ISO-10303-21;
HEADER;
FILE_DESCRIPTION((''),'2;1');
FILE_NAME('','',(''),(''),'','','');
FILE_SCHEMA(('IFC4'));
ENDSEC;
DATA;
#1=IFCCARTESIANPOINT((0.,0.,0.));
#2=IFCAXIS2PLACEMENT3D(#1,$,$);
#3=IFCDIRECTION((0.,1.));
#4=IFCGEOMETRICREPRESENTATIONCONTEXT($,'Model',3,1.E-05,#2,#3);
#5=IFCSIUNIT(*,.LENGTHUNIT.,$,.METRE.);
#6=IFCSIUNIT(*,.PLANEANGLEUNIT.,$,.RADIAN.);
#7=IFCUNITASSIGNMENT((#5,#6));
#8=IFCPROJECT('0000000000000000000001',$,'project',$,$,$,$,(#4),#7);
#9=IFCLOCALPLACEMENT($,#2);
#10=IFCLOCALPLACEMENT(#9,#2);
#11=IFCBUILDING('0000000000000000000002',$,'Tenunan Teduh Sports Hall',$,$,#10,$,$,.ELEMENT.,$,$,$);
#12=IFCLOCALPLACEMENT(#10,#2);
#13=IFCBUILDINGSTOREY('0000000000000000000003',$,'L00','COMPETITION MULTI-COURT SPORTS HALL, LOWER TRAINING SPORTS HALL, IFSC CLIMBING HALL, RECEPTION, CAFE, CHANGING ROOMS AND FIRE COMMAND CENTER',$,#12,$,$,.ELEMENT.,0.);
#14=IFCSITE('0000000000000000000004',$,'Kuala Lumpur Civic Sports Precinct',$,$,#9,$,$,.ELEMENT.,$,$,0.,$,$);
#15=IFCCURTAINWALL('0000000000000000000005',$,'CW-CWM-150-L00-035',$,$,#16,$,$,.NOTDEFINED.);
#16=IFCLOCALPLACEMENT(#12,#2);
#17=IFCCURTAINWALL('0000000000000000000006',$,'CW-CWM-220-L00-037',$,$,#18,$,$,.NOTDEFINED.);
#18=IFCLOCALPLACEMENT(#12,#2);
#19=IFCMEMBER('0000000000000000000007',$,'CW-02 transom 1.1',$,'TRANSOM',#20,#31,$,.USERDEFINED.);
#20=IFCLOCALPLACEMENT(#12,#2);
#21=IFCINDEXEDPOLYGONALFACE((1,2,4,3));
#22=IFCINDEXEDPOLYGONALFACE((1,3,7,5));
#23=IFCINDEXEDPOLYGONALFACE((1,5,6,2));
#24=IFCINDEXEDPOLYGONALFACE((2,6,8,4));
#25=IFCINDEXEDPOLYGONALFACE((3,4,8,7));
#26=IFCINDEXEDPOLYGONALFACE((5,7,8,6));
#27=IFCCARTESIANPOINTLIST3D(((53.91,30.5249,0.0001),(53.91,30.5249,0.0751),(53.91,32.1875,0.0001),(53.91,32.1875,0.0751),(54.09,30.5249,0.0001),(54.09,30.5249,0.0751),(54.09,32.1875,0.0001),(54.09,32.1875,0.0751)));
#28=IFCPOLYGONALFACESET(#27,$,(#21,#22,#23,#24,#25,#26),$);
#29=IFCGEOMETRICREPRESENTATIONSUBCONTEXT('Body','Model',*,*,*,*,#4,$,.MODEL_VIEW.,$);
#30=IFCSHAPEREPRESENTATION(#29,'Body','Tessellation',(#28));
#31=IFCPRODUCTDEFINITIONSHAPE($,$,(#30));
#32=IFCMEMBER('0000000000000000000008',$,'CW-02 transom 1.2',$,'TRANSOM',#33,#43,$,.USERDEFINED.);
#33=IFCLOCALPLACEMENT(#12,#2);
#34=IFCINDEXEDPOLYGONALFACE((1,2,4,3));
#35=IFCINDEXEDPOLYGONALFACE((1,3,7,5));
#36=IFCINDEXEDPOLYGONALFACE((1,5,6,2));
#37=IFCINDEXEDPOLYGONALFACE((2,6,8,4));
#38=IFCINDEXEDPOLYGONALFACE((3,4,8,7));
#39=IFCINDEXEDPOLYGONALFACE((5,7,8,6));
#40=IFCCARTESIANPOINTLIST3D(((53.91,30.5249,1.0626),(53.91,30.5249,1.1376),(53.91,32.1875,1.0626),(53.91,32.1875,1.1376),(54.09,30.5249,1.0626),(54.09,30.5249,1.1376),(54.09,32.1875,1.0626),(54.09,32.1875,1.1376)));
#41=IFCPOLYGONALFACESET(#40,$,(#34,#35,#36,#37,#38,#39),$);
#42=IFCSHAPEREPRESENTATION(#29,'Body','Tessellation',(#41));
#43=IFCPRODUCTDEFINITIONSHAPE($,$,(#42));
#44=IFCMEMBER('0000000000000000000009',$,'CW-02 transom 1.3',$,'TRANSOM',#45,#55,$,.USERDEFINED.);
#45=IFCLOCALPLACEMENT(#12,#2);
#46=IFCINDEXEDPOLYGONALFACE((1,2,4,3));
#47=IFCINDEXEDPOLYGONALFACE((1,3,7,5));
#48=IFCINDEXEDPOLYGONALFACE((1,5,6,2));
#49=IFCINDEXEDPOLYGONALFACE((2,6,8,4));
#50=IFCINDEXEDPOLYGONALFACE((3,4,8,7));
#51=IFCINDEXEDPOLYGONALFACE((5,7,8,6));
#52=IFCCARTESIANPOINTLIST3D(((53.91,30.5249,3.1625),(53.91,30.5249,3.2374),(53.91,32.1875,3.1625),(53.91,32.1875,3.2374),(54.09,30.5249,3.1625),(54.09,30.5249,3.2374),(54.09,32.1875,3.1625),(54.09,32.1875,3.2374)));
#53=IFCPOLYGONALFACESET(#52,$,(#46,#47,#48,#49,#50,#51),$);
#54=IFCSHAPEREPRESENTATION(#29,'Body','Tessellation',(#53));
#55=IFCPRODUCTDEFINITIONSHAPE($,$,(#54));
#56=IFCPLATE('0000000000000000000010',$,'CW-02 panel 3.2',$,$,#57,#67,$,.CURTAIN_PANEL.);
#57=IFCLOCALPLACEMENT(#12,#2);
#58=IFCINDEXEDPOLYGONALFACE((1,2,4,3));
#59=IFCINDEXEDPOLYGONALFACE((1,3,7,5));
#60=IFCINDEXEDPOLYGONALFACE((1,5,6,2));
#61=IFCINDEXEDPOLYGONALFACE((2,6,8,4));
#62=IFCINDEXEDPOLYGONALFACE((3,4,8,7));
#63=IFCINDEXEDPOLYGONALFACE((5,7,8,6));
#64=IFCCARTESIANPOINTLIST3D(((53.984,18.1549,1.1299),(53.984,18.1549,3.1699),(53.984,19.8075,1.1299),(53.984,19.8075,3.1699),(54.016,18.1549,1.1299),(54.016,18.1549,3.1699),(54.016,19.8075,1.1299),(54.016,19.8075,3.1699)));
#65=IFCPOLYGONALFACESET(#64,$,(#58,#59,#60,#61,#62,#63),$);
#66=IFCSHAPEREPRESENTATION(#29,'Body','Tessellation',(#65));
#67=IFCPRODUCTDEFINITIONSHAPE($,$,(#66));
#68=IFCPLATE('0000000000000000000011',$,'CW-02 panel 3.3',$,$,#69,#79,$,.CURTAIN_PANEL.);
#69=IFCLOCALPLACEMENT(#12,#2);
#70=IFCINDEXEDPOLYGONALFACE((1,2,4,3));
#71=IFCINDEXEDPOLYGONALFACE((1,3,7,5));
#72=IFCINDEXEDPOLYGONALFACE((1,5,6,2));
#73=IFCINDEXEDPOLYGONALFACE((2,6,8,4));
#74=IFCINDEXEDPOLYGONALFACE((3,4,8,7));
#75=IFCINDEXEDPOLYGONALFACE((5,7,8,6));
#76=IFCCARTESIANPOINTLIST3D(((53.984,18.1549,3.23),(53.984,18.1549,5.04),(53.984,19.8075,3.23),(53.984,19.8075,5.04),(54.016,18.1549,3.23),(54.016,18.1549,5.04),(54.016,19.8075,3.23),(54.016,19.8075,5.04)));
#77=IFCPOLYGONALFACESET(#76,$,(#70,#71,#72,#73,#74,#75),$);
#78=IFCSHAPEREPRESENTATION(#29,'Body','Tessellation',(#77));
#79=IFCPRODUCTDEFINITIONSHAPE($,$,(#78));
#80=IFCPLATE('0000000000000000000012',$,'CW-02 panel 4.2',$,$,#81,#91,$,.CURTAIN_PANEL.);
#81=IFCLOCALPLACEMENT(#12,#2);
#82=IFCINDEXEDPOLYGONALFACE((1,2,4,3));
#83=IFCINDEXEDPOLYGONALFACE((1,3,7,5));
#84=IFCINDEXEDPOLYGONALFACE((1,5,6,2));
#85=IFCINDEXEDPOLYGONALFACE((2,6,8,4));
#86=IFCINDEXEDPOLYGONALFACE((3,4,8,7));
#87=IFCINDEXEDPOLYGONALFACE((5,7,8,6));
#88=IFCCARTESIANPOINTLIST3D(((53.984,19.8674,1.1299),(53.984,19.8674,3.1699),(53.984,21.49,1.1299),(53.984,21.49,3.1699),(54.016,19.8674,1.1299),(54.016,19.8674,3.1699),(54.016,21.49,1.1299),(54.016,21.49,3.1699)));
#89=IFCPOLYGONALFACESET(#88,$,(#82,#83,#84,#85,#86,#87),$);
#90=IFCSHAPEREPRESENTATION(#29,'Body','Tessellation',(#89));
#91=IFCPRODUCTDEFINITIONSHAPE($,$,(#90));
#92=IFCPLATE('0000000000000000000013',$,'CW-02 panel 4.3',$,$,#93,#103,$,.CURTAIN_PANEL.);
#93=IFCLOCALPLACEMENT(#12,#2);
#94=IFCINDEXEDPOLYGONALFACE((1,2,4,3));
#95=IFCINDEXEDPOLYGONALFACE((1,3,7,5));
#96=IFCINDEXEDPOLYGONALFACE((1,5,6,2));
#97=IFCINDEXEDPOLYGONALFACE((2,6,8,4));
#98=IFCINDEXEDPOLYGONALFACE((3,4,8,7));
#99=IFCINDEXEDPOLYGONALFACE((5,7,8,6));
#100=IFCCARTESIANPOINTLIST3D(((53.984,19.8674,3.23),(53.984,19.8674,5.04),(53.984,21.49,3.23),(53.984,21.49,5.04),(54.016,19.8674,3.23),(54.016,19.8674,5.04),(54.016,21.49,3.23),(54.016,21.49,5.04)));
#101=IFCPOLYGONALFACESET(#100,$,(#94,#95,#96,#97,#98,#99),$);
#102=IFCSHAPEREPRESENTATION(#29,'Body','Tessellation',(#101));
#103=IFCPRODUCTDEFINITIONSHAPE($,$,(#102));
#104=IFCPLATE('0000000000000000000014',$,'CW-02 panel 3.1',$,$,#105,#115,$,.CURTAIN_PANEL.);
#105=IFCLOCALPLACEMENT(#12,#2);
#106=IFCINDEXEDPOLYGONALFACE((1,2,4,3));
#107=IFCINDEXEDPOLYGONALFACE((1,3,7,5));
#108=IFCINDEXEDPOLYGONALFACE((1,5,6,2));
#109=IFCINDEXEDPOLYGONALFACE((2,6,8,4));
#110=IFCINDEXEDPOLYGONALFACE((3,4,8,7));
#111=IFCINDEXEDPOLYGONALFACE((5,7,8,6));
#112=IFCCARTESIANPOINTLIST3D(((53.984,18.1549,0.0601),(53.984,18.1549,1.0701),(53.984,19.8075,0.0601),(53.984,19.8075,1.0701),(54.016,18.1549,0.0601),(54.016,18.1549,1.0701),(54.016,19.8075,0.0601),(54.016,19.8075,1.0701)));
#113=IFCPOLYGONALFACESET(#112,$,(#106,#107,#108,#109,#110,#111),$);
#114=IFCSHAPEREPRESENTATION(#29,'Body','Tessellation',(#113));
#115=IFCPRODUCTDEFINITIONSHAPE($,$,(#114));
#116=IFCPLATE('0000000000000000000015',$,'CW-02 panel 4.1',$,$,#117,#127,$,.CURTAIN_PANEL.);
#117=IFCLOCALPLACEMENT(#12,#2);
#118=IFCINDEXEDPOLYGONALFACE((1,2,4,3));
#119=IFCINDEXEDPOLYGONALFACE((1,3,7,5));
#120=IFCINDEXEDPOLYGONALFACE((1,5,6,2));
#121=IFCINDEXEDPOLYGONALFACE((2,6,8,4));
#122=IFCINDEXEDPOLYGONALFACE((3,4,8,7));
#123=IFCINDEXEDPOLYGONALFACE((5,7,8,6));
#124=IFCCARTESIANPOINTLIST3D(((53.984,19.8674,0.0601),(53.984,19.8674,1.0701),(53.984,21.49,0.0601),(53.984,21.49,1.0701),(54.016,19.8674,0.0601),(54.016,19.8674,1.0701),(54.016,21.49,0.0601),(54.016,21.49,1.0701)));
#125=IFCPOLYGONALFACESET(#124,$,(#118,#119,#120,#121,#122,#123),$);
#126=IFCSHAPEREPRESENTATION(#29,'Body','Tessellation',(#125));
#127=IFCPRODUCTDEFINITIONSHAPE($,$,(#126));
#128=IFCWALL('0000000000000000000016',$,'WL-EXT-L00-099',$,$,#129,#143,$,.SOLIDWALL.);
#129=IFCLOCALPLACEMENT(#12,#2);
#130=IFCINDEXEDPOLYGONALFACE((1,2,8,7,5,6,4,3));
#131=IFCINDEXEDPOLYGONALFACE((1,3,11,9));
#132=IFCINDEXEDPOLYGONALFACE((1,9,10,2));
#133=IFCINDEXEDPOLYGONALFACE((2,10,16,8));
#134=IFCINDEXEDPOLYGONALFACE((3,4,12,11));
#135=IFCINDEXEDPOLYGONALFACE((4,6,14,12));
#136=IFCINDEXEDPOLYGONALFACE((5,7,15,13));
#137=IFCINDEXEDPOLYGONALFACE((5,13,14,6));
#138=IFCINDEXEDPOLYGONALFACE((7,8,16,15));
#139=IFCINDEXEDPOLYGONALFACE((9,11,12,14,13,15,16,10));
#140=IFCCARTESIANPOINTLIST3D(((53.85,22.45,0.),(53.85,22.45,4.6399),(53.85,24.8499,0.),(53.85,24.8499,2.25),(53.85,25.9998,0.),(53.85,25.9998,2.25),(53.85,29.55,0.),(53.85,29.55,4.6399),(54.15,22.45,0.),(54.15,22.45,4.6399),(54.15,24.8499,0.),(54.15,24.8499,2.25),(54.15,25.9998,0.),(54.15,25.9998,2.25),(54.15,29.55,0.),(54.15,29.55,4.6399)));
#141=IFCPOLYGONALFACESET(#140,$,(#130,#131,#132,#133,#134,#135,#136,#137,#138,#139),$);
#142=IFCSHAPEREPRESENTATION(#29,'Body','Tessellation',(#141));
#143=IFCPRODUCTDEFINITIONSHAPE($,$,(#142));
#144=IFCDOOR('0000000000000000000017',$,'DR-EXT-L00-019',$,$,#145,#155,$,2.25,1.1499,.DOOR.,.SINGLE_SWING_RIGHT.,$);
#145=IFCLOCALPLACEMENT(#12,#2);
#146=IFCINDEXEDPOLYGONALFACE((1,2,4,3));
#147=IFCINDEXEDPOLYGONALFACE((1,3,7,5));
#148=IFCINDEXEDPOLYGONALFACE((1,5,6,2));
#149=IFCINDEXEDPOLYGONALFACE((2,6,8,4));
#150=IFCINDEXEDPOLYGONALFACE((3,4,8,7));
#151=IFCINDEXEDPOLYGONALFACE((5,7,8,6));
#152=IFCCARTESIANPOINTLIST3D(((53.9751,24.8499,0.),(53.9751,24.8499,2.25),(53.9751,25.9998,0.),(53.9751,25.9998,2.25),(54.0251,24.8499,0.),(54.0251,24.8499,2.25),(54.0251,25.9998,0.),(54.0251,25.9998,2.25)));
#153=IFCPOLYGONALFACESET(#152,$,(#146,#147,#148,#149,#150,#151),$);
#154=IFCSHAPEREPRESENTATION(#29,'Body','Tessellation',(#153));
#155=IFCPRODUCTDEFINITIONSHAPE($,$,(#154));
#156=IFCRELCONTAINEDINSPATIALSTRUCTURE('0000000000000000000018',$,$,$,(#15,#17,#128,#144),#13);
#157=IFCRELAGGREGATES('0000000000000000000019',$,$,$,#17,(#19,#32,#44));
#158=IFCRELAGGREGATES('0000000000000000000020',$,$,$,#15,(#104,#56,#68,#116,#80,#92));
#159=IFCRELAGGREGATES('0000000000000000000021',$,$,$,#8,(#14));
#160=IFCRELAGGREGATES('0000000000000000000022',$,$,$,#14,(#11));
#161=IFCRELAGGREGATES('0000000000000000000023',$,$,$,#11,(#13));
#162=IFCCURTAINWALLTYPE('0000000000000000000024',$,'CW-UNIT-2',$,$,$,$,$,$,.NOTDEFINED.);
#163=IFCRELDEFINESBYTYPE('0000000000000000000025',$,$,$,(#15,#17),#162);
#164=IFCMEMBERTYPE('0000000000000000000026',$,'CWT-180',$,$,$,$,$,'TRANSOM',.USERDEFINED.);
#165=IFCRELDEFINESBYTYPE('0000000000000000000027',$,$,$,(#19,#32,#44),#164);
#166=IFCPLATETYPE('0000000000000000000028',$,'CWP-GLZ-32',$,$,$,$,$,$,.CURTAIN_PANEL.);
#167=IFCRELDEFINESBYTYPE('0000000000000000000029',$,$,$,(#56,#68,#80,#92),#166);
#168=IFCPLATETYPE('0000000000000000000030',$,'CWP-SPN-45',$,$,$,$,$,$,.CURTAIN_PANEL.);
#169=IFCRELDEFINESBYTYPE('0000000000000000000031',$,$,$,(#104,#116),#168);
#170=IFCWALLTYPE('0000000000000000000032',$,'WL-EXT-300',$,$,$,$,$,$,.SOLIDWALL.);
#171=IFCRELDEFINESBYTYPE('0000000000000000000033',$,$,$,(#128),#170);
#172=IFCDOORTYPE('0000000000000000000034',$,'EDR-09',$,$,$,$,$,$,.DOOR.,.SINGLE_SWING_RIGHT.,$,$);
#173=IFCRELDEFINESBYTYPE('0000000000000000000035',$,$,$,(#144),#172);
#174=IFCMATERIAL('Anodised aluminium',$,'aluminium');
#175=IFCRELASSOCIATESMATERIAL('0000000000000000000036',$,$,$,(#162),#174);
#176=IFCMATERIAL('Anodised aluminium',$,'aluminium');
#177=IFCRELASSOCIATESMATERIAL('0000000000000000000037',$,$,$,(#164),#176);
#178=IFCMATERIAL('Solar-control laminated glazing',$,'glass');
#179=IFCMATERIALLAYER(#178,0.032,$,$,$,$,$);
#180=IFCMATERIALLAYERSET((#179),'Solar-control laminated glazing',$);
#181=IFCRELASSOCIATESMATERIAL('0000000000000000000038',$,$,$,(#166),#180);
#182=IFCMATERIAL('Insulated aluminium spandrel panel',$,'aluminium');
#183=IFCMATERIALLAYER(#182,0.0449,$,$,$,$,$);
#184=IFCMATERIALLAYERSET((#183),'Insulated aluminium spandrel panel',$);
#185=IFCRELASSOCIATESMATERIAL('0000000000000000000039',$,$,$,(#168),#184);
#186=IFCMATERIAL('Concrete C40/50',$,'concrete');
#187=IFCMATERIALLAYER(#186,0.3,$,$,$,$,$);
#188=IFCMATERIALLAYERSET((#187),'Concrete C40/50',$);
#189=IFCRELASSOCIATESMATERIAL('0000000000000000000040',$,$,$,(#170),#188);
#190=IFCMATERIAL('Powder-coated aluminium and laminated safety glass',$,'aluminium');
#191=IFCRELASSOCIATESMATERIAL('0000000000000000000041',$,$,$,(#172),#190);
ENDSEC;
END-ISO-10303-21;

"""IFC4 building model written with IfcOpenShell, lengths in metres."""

from ifc_helpers import new_model, si_unit, direction, frame, frame_2d, origin, origin_2d, place, context, subcontext, project, spatial, rectangle, extrude, material, layer, layer_set, material_profile, profile_set, type_object, element, fill, aggregate, save


model = new_model("IFC4")

# Units and contexts
model_context = context("Model", 3, precision=1e-05, world=origin(), true_north=direction((0.0, 1.0)))
body_context = subcontext(model_context, "Body", "Model", "MODEL_VIEW")
ifc_project = project(units=[si_unit("LENGTHUNIT", "METRE"), si_unit("PLANEANGLEUNIT", "RADIAN")], contexts=[model_context])

# Site, building, storey
site_placement = place(None, origin())
site = spatial("IfcSite", under=ifc_project, at=site_placement, Name="Kuala Lumpur Civic Sports Precinct", CompositionType="ELEMENT", RefElevation=0.0)
building_placement = place(site_placement, origin())
building = spatial("IfcBuilding", under=site, at=building_placement, Name="Tenunan Teduh Sports Hall", CompositionType="ELEMENT")
storey_placement = place(building_placement, origin())
storey = spatial("IfcBuildingStorey", under=building, at=storey_placement, Name="L00", Description="COMPETITION MULTI-COURT SPORTS HALL, LOWER TRAINING SPORTS HALL, IFSC CLIMBING HALL, RECEPTION, CAFE, CHANGING ROOMS AND FIRE COMMAND CENTER", CompositionType="ELEMENT", Elevation=0.0)

# Curtain wall
ifc_material_1 = material(Name="Anodised aluminium", Category="aluminium")
curtain_wall_type = type_object("IfcCurtainWallType", Name="CW-UNIT-2", PredefinedType="NOTDEFINED", material=ifc_material_1)
curtain_wall_1_placement = place(storey_placement, origin())
curtain_wall_1 = element("IfcCurtainWall", 1, at=curtain_wall_1_placement, inside=storey, type_object=curtain_wall_type, Name="CW-CWM-150-L00-035", PredefinedType="NOTDEFINED")

# Curtain wall
curtain_wall_2_placement = place(storey_placement, origin())
curtain_wall_2 = element("IfcCurtainWall", 2, at=curtain_wall_2_placement, inside=storey, type_object=curtain_wall_type, Name="CW-CWM-220-L00-037", PredefinedType="NOTDEFINED")

# Members
ifc_material_2 = material(Name="Anodised aluminium", Category="aluminium")
ifc_material_profile_1 = material_profile(ifc_material_2, rectangle(XDim=0.075, YDim=0.1799, at=origin_2d()), Name="CWT 75x180")
ifc_profile_set_1 = profile_set([ifc_material_profile_1], Name="Anodised aluminium")
member_type_1 = type_object("IfcMemberType", Name="CWT-180", ElementType="TRANSOM", PredefinedType="USERDEFINED", material=ifc_profile_set_1)
member_1_placement = place(storey_placement, frame((54.0, 30.5249, 0.0376), z_axis=(0.0, 1.0, 0.0), x_axis=(0.0, 0.0, 1.0)))
member_1 = element("IfcMember", 3, at=member_1_placement, type_object=member_type_1, Name="CW-02 transom 1.1", ObjectType="TRANSOM", PredefinedType="USERDEFINED", context=body_context, shape_type="SweptSolid", body=[
    extrude(rectangle(XDim=0.075, YDim=0.1799, at=origin_2d()), origin(), (0.0, 0.0, 1.0), 1.6626),
])
member_2_placement = place(storey_placement, frame((54.0, 30.5249, 1.1001), z_axis=(0.0, 1.0, 0.0), x_axis=(0.0, 0.0, 1.0)))
member_2 = element("IfcMember", 4, at=member_2_placement, type_object=member_type_1, Name="CW-02 transom 1.2", ObjectType="TRANSOM", PredefinedType="USERDEFINED", context=body_context, shape_type="SweptSolid", body=[
    extrude(rectangle(XDim=0.075, YDim=0.1799, at=origin_2d()), origin(), (0.0, 0.0, 1.0), 1.6626),
])
member_3_placement = place(storey_placement, frame((54.0, 30.5249, 3.2), z_axis=(0.0, 1.0, 0.0), x_axis=(0.0, 0.0, 1.0)))
member_3 = element("IfcMember", 5, at=member_3_placement, type_object=member_type_1, Name="CW-02 transom 1.3", ObjectType="TRANSOM", PredefinedType="USERDEFINED", context=body_context, shape_type="SweptSolid", body=[
    extrude(rectangle(XDim=0.075, YDim=0.1799, at=origin_2d()), origin(), (0.0, 0.0, 1.0), 1.6626),
])
aggregate(curtain_wall_2, [member_1, member_2, member_3])

# Plates
ifc_material_3 = material(Name="Solar-control laminated glazing", Category="glass")
ifc_layer_1 = layer(ifc_material_3, 0.032)
ifc_layer_set_1 = layer_set([ifc_layer_1], Name="Solar-control laminated glazing")
plate_type_1 = type_object("IfcPlateType", Name="CWP-GLZ-32", PredefinedType="CURTAIN_PANEL", material=ifc_layer_set_1)
plate_1_placement = place(storey_placement, frame((54.0, 18.9812, 1.1299), z_axis=(0.0, 0.0, 1.0), x_axis=(0.0, 1.0, 0.0)))
plate_1 = element("IfcPlate", 6, at=plate_1_placement, type_object=plate_type_1, Name="CW-02 panel 3.2", PredefinedType="CURTAIN_PANEL", context=body_context, shape_type="SweptSolid", body=[
    extrude(rectangle(XDim=1.6526, YDim=0.032, at=origin_2d()), origin(), (0.0, 0.0, 1.0), 2.04),
])
plate_2_placement = place(storey_placement, frame((54.0, 18.9812, 3.23), z_axis=(0.0, 0.0, 1.0), x_axis=(0.0, 1.0, 0.0)))
plate_2 = element("IfcPlate", 7, at=plate_2_placement, type_object=plate_type_1, Name="CW-02 panel 3.3", PredefinedType="CURTAIN_PANEL", context=body_context, shape_type="SweptSolid", body=[
    extrude(rectangle(XDim=1.6526, YDim=0.032, at=origin_2d()), origin(), (0.0, 0.0, 1.0), 1.8101),
])
plate_3_placement = place(storey_placement, frame((54.0, 20.6787, 1.1299), z_axis=(0.0, 0.0, 1.0), x_axis=(0.0, 1.0, 0.0)))
plate_3 = element("IfcPlate", 8, at=plate_3_placement, type_object=plate_type_1, Name="CW-02 panel 4.2", PredefinedType="CURTAIN_PANEL", context=body_context, shape_type="SweptSolid", body=[
    extrude(rectangle(XDim=1.6226, YDim=0.032, at=origin_2d()), origin(), (0.0, 0.0, 1.0), 2.04),
])
plate_4_placement = place(storey_placement, frame((54.0, 20.6787, 3.23), z_axis=(0.0, 0.0, 1.0), x_axis=(0.0, 1.0, 0.0)))
plate_4 = element("IfcPlate", 9, at=plate_4_placement, type_object=plate_type_1, Name="CW-02 panel 4.3", PredefinedType="CURTAIN_PANEL", context=body_context, shape_type="SweptSolid", body=[
    extrude(rectangle(XDim=1.6226, YDim=0.032, at=origin_2d()), origin(), (0.0, 0.0, 1.0), 1.8101),
])
ifc_material_4 = material(Name="Insulated aluminium spandrel panel", Category="aluminium")
ifc_layer_2 = layer(ifc_material_4, 0.0449)
ifc_layer_set_2 = layer_set([ifc_layer_2], Name="Insulated aluminium spandrel panel")
plate_type_2 = type_object("IfcPlateType", Name="CWP-SPN-45", PredefinedType="CURTAIN_PANEL", material=ifc_layer_set_2)
plate_5_placement = place(storey_placement, frame((54.0, 18.9812, 0.0601), z_axis=(0.0, 0.0, 1.0), x_axis=(0.0, 1.0, 0.0)))
plate_5 = element("IfcPlate", 10, at=plate_5_placement, type_object=plate_type_2, Name="CW-02 panel 3.1", PredefinedType="CURTAIN_PANEL", context=body_context, shape_type="SweptSolid", body=[
    extrude(rectangle(XDim=1.6526, YDim=0.032, at=origin_2d()), origin(), (0.0, 0.0, 1.0), 1.01),
])
plate_6_placement = place(storey_placement, frame((54.0, 20.6787, 0.0601), z_axis=(0.0, 0.0, 1.0), x_axis=(0.0, 1.0, 0.0)))
plate_6 = element("IfcPlate", 11, at=plate_6_placement, type_object=plate_type_2, Name="CW-02 panel 4.1", PredefinedType="CURTAIN_PANEL", context=body_context, shape_type="SweptSolid", body=[
    extrude(rectangle(XDim=1.6226, YDim=0.032, at=origin_2d()), origin(), (0.0, 0.0, 1.0), 1.01),
])
aggregate(curtain_wall_1, [plate_5, plate_1, plate_2, plate_6, plate_3, plate_4])

# Wall, opening, door
ifc_material_5 = material(Name="Concrete C40/50", Category="concrete")
ifc_layer_3 = layer(ifc_material_5, 0.3)
ifc_layer_set_3 = layer_set([ifc_layer_3], Name="Concrete C40/50")
wall_type = type_object("IfcWallType", Name="WL-EXT-300", PredefinedType="SOLIDWALL", material=ifc_layer_set_3)
wall_placement = place(storey_placement, frame((54.0, 22.45, 0.0), z_axis=(0.0, 0.0, 1.0), x_axis=(0.0, 1.0, 0.0)))
wall = element("IfcWall", 12, at=wall_placement, inside=storey, type_object=wall_type, Name="WL-EXT-L00-099", PredefinedType="SOLIDWALL", context=body_context, shape_type="SweptSolid", body=[
    extrude(rectangle(XDim=7.1001, YDim=0.3, at=frame_2d((3.55, 0.0))), origin(), (0.0, 0.0, 1.0), 4.6399),
])
opening_placement = place(wall_placement, frame((2.3999, 0.0, 0.0)))
opening = element("IfcOpeningElement", 13, at=opening_placement, cuts=wall, PredefinedType="OPENING", context=body_context, shape_type="SweptSolid", body=[
    extrude(rectangle(XDim=1.1499, YDim=2.25, at=frame_2d((0.575, 1.125))), frame((0.0, 0.1599, 0.0), z_axis=(0.0, -1.0, 0.0), x_axis=(1.0, 0.0, 0.0)), (0.0, 0.0, 1.0), 0.3201),
])
ifc_material_6 = material(Name="Powder-coated aluminium and laminated safety glass", Category="aluminium")
door_type = type_object("IfcDoorType", Name="EDR-09", OperationType="SINGLE_SWING_RIGHT", PredefinedType="DOOR", material=ifc_material_6)
door_placement = place(opening_placement, origin())
door = element("IfcDoor", 14, at=door_placement, inside=storey, type_object=door_type, Name="DR-EXT-L00-019", OperationType="SINGLE_SWING_RIGHT", OverallHeight=2.25, OverallWidth=1.1499, PredefinedType="DOOR", context=body_context, shape_type="SweptSolid", body=[
    extrude(rectangle(XDim=1.1499, YDim=2.25, at=frame_2d((0.575, 1.125))), frame((0.0, 0.0249, 0.0), z_axis=(0.0, -1.0, 0.0), x_axis=(1.0, 0.0, 0.0)), (0.0, 0.0, 1.0), 0.05),
])
fill(opening, door)

save(model, "model.ifc")
